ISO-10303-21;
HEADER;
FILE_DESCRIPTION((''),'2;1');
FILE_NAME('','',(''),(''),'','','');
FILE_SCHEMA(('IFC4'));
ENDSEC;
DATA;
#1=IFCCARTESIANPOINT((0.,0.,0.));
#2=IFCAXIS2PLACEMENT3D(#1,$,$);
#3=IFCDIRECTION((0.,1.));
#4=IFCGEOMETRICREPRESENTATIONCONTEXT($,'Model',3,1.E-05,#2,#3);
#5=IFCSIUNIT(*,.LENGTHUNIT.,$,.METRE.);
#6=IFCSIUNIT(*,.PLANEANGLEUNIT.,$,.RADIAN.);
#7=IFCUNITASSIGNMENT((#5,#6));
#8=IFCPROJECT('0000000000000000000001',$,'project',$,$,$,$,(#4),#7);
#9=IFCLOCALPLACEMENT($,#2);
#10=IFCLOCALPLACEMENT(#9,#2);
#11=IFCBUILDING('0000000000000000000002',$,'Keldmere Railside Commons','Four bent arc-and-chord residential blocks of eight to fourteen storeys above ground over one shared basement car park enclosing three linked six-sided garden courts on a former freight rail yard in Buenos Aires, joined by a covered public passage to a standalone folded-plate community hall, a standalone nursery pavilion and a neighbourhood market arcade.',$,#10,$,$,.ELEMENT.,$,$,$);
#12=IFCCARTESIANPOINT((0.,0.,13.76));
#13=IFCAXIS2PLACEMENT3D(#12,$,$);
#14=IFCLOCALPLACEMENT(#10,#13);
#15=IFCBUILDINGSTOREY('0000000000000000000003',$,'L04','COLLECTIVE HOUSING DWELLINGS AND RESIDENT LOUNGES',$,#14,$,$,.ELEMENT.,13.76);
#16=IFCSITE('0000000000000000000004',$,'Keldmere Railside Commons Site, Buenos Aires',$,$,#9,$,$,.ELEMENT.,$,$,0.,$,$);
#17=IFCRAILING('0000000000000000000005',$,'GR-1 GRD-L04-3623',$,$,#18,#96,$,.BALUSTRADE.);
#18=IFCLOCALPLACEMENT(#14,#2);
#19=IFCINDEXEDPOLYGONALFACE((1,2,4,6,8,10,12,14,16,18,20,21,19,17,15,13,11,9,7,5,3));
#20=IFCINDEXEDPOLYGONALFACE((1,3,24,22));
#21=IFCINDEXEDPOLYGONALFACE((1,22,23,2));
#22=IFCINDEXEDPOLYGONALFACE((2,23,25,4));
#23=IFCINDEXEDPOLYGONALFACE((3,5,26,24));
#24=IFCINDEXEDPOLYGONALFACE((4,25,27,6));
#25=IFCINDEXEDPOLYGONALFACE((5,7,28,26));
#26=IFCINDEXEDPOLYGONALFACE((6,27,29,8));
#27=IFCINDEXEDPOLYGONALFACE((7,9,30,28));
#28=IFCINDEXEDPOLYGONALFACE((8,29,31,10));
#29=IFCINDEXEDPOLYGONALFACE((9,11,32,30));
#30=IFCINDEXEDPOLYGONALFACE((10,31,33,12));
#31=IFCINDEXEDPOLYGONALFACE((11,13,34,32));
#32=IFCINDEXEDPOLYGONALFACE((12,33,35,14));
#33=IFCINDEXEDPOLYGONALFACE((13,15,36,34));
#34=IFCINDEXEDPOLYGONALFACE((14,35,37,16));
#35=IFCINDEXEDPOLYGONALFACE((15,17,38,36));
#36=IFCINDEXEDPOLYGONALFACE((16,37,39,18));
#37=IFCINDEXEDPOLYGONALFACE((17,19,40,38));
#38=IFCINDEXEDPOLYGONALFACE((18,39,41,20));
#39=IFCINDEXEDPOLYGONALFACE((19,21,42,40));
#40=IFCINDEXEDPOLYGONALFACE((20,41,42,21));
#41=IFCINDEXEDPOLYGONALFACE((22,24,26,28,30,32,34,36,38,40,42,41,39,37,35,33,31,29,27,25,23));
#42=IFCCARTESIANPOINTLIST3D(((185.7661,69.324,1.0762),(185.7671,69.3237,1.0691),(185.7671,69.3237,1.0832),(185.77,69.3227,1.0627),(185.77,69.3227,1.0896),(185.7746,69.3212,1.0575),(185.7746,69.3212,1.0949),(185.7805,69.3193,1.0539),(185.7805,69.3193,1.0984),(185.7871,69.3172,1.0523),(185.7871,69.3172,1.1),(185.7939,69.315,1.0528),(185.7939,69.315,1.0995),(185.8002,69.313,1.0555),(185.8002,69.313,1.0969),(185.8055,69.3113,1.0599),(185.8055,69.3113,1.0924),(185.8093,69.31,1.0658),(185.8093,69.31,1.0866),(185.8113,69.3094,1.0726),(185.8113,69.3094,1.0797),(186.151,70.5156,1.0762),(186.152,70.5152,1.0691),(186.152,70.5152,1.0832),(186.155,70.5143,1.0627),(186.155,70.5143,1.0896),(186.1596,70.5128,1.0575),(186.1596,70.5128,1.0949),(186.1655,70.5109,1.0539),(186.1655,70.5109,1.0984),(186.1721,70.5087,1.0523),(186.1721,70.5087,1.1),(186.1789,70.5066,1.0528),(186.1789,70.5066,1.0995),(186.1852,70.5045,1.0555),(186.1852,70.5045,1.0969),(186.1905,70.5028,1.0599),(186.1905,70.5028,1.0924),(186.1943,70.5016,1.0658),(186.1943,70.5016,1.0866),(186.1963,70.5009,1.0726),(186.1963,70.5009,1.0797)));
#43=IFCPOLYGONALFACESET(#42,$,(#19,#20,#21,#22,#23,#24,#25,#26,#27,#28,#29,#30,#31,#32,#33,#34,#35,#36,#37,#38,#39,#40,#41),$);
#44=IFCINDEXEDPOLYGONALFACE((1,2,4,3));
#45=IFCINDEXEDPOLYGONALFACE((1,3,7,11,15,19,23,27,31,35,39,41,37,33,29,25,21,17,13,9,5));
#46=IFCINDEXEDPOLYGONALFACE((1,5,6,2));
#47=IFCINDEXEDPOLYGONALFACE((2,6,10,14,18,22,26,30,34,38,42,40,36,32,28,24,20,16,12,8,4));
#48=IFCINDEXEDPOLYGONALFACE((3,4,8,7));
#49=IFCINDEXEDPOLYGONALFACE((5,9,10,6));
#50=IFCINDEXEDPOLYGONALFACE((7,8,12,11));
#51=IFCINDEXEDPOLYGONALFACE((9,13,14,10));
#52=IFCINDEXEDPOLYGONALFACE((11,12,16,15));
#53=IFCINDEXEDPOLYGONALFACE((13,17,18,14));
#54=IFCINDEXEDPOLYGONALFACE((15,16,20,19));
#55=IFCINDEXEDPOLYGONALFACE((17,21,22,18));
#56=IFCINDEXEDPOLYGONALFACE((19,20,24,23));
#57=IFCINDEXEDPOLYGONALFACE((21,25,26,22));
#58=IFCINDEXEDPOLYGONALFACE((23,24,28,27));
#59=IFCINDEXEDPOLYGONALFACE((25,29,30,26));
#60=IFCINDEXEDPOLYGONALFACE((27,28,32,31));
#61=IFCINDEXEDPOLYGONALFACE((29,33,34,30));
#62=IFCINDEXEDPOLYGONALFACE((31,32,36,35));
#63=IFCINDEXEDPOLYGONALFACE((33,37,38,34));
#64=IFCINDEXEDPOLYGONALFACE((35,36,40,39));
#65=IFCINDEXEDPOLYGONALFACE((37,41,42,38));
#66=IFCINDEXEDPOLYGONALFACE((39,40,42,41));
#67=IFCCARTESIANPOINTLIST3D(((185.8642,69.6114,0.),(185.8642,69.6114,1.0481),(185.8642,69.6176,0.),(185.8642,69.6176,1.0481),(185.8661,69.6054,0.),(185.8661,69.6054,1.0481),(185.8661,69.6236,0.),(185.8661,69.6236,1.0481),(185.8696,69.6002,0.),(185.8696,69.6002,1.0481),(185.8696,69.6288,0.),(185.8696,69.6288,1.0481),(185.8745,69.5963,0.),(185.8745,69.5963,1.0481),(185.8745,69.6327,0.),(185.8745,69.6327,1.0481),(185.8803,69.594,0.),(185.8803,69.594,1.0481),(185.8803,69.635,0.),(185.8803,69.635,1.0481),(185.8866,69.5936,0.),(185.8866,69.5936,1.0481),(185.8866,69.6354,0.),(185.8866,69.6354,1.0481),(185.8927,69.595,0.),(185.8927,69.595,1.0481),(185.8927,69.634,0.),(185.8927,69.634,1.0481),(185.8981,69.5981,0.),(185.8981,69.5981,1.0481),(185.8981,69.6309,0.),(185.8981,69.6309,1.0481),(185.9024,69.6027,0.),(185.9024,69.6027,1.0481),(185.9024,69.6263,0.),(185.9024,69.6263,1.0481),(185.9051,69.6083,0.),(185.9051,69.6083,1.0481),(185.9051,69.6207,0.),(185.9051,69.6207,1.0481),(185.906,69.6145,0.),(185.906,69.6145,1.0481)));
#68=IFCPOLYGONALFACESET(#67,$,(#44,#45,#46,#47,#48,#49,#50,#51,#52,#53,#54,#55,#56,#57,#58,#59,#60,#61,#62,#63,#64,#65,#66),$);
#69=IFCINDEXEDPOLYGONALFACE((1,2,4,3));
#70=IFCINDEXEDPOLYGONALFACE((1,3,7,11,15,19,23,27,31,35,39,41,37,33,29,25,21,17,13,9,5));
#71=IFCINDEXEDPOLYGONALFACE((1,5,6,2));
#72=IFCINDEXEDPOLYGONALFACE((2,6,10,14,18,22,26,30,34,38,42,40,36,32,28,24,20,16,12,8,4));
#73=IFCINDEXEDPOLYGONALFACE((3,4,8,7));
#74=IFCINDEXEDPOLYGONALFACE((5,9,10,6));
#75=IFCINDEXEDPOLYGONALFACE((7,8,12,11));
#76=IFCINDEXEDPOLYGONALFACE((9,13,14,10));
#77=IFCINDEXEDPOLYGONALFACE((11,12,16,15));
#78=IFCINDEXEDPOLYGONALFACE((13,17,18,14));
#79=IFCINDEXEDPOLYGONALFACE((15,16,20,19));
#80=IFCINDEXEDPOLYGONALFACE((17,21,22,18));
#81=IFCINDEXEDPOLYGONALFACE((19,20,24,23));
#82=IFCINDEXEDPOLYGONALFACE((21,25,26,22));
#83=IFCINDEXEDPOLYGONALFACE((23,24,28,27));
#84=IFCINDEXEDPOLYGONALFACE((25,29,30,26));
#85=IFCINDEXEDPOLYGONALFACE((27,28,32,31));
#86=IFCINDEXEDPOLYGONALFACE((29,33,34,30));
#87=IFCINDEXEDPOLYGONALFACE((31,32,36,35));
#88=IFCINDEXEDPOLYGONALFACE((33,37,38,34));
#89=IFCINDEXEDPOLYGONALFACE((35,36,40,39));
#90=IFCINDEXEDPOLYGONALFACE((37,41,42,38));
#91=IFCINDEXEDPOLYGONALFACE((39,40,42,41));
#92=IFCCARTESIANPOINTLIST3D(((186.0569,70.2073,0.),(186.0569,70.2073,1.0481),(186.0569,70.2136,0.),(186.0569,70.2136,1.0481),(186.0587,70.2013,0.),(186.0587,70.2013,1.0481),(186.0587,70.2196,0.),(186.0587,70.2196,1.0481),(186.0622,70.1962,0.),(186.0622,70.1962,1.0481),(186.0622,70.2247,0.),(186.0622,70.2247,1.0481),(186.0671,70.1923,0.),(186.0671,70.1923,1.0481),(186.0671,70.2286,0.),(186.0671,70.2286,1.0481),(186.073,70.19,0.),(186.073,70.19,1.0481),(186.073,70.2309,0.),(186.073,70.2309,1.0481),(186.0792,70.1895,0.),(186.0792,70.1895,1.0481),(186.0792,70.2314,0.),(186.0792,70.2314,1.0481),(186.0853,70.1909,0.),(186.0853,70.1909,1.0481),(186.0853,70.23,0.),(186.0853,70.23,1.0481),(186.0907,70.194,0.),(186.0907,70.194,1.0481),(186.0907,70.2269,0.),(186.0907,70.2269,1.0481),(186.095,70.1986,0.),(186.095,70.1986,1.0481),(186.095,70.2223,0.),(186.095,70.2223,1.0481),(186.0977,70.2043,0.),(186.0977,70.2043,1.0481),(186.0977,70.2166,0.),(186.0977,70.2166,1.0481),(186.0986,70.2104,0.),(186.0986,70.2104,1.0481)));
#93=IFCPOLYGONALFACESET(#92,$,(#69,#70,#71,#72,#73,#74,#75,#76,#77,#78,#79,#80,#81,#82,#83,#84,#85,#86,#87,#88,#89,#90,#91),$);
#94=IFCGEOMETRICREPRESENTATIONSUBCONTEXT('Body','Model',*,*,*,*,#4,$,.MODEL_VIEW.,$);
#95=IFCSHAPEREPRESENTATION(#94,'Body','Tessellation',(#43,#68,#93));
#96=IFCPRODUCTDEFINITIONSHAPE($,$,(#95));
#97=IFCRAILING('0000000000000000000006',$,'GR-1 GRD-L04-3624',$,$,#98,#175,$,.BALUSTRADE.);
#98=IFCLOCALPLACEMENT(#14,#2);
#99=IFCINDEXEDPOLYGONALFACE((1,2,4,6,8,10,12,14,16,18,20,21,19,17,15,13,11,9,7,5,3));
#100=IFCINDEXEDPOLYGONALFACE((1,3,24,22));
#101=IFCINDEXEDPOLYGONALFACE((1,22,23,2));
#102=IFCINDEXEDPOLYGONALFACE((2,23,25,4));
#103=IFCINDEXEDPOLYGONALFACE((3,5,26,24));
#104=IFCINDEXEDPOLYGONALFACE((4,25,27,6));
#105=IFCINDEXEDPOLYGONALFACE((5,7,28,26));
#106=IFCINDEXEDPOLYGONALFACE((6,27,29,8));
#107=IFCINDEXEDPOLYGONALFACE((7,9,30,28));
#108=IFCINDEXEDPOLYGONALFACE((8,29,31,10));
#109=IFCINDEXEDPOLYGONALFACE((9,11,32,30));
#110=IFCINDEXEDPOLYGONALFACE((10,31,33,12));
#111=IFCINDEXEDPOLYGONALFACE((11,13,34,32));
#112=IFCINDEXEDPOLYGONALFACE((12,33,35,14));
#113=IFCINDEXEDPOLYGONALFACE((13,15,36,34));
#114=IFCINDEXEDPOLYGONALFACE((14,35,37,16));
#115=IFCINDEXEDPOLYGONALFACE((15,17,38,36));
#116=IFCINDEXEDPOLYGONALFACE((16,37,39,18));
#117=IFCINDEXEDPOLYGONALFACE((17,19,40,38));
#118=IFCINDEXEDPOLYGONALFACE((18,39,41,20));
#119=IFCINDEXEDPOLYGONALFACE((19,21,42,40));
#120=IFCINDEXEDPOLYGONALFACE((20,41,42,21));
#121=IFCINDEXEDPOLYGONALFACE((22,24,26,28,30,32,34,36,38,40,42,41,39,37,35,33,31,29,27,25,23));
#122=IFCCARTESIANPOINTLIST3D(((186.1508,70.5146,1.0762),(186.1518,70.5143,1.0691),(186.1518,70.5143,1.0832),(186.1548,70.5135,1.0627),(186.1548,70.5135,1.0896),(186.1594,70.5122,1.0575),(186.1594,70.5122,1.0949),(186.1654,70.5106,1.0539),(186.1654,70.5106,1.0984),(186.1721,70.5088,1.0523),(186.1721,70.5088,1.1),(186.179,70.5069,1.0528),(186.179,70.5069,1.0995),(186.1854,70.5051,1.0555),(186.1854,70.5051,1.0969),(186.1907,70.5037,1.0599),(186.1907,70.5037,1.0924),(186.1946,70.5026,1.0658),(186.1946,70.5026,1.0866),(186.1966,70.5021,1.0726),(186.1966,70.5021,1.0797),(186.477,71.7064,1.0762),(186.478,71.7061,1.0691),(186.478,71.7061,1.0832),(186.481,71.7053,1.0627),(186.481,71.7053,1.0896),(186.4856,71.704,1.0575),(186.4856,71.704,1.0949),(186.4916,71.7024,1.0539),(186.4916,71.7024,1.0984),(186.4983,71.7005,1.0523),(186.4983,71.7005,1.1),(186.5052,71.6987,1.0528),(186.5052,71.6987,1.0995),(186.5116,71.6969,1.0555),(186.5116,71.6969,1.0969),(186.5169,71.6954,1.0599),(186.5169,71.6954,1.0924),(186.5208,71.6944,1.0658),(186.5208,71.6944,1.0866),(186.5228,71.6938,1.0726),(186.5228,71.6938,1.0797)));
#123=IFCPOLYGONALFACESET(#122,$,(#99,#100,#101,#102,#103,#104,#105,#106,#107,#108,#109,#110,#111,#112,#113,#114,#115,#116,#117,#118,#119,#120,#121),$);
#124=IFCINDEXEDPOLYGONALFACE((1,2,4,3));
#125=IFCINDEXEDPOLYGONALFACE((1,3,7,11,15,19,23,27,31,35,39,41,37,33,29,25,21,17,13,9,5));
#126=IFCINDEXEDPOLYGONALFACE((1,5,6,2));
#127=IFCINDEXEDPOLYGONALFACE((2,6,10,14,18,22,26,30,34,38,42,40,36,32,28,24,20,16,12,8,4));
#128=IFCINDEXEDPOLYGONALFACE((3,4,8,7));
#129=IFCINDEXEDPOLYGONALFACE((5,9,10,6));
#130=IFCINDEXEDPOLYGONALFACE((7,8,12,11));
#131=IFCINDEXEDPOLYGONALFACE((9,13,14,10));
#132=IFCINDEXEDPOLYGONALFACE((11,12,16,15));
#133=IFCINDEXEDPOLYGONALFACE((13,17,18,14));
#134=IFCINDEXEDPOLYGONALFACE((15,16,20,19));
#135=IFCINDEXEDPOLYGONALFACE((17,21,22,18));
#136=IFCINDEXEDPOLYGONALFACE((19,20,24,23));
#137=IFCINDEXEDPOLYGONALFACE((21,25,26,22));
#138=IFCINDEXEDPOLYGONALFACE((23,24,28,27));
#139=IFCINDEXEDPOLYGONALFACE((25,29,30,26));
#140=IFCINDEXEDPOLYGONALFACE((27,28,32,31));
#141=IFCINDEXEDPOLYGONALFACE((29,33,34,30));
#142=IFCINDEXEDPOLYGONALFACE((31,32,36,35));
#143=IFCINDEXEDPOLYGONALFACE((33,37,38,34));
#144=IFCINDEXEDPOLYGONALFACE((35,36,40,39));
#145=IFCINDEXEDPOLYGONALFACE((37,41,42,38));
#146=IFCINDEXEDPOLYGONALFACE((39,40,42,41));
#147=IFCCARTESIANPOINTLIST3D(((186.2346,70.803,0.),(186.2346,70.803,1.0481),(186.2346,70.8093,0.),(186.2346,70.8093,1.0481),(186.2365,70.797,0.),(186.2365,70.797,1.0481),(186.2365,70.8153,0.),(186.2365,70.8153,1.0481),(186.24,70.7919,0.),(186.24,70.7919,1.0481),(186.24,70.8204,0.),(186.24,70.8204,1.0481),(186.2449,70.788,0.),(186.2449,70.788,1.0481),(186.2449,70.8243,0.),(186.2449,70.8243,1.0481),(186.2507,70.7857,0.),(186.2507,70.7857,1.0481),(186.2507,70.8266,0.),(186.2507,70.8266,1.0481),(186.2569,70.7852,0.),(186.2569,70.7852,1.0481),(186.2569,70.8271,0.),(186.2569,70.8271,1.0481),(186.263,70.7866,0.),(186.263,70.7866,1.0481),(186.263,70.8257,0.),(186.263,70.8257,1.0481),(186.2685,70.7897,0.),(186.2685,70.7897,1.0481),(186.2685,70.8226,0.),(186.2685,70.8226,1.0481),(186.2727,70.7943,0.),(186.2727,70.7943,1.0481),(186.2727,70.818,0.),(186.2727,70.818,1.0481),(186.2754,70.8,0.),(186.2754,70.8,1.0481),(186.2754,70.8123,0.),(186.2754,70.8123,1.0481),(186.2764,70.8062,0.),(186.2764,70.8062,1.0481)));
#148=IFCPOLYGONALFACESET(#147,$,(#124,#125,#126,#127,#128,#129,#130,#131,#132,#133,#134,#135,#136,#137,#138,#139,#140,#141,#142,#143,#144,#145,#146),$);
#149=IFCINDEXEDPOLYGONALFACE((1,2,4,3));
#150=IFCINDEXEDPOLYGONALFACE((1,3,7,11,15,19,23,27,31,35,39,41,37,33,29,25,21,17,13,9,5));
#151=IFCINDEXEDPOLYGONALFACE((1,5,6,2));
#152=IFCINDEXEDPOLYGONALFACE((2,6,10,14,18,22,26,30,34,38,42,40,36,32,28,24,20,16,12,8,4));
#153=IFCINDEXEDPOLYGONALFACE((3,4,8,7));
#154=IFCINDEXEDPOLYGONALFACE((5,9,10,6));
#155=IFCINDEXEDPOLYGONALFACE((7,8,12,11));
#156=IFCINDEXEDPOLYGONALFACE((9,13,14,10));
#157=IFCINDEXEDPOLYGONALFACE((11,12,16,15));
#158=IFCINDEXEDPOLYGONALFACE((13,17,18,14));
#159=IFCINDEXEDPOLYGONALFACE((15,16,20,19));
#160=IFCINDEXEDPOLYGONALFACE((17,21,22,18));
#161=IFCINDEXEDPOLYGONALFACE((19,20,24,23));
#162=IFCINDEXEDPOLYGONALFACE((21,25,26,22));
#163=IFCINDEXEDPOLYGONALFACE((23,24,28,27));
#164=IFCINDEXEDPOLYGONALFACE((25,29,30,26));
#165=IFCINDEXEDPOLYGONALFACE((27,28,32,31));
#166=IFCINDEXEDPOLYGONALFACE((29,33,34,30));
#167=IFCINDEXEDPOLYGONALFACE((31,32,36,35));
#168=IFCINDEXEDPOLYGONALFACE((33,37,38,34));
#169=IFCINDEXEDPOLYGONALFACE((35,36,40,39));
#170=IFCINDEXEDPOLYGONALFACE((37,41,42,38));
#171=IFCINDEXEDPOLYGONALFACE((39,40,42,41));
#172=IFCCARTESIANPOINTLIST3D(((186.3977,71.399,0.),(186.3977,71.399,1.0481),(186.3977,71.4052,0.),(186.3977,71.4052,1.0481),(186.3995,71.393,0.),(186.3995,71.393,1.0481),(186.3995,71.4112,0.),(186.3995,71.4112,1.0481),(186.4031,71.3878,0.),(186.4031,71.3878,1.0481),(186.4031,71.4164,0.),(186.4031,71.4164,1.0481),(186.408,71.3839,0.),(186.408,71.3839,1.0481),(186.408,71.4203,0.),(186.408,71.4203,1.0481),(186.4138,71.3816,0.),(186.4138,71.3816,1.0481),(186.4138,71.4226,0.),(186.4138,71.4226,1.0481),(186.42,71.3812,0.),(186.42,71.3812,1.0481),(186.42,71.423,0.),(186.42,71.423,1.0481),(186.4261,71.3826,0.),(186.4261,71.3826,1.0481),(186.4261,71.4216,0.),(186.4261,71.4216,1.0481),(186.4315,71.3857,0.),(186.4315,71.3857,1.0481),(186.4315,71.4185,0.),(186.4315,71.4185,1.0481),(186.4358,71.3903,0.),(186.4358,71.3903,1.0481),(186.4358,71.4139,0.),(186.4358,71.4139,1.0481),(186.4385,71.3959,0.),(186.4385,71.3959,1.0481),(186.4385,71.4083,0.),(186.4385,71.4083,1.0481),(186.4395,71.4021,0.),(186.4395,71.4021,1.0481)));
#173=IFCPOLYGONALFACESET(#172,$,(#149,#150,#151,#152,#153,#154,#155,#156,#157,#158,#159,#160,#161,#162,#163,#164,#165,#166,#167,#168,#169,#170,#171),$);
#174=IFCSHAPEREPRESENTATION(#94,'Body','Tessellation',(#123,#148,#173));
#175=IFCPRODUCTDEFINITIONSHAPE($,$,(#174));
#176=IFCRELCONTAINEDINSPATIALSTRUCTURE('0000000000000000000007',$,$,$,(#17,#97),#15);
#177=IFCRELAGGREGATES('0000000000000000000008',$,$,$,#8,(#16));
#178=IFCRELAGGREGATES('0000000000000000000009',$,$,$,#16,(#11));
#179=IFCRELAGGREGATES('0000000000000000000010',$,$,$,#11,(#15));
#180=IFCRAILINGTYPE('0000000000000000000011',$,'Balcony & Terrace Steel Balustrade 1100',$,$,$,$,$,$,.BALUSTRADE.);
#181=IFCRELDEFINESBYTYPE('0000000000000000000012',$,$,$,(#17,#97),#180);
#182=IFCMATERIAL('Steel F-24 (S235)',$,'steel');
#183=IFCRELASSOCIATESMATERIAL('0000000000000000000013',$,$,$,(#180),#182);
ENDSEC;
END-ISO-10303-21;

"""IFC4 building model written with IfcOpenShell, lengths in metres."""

from ifc_helpers import new_model, si_unit, direction, frame, origin, origin_2d, place, context, subcontext, project, spatial, circle, extrude, material, type_object, element, save


model = new_model("IFC4")

# Units and contexts
model_context = context("Model", 3, precision=1e-05, world=origin(), true_north=direction((0.0, 1.0)))
body_context = subcontext(model_context, "Body", "Model", "MODEL_VIEW")
ifc_project = project(units=[si_unit("LENGTHUNIT", "METRE"), si_unit("PLANEANGLEUNIT", "RADIAN")], contexts=[model_context])

# Site, building, storey
site_placement = place(None, origin())
site = spatial("IfcSite", under=ifc_project, at=site_placement, Name="Keldmere Railside Commons Site, Buenos Aires", CompositionType="ELEMENT", RefElevation=0.0)
building_placement = place(site_placement, origin())
building = spatial("IfcBuilding", under=site, at=building_placement, Name="Keldmere Railside Commons", Description="Four bent arc-and-chord residential blocks of eight to fourteen storeys above ground over one shared basement car park enclosing three linked six-sided garden courts on a former freight rail yard in Buenos Aires, joined by a covered public passage to a standalone folded-plate community hall, a standalone nursery pavilion and a neighbourhood market arcade.", CompositionType="ELEMENT")
storey_placement = place(building_placement, frame((0.0, 0.0, 13.76)))
storey = spatial("IfcBuildingStorey", under=building, at=storey_placement, Name="L04", Description="COLLECTIVE HOUSING DWELLINGS AND RESIDENT LOUNGES", CompositionType="ELEMENT", Elevation=13.76)

# Shared definitions
ifc_material_1 = material(Name="Steel F-24 (S235)", Category="steel")

# Railings
railing_type_1 = type_object("IfcRailingType", Name="Balcony & Terrace Steel Balustrade 1100", PredefinedType="BALUSTRADE", material=ifc_material_1)
railing_1_placement = place(storey_placement, frame((185.7888, 69.3167, 0.0)))
element("IfcRailing", 1, at=railing_1_placement, inside=storey, type_object=railing_type_1, Name="GR-1 GRD-L04-3623", PredefinedType="BALUSTRADE", context=body_context, shape_type="SweptSolid", body=[
    extrude(circle(Radius=0.0239, at=origin_2d()), frame((0.0, 0.0, 1.0762), z_axis=(0.307441, 0.951567, 0.0), x_axis=(-0.951567, 0.307441, 0.0)), (0.0, 0.0, 1.0), 1.2522),
    extrude(circle(Radius=0.021, at=origin_2d()), frame((0.0962, 0.2979, 0.0)), (0.0, 0.0, 1.0), 1.0481),
    extrude(circle(Radius=0.021, at=origin_2d()), frame((0.2888, 0.8938, 0.0)), (0.0, 0.0, 1.0), 1.0481),
])
railing_2_placement = place(storey_placement, frame((186.1738, 70.5083, 0.0)))
element("IfcRailing", 2, at=railing_2_placement, inside=storey, type_object=railing_type_1, Name="GR-1 GRD-L04-3624", PredefinedType="BALUSTRADE", context=body_context, shape_type="SweptSolid", body=[
    extrude(circle(Radius=0.0239, at=origin_2d()), frame((0.0, 0.0, 1.0762), z_axis=(0.264003, 0.964522, 0.0), x_axis=(-0.964522, 0.264003, 0.0)), (0.0, 0.0, 1.0), 1.2356),
    extrude(circle(Radius=0.021, at=origin_2d()), frame((0.0815, 0.2979, 0.0)), (0.0, 0.0, 1.0), 1.0481),
    extrude(circle(Radius=0.021, at=origin_2d()), frame((0.2446, 0.8938, 0.0)), (0.0, 0.0, 1.0), 1.0481),
])

save(model, "model.ifc")
